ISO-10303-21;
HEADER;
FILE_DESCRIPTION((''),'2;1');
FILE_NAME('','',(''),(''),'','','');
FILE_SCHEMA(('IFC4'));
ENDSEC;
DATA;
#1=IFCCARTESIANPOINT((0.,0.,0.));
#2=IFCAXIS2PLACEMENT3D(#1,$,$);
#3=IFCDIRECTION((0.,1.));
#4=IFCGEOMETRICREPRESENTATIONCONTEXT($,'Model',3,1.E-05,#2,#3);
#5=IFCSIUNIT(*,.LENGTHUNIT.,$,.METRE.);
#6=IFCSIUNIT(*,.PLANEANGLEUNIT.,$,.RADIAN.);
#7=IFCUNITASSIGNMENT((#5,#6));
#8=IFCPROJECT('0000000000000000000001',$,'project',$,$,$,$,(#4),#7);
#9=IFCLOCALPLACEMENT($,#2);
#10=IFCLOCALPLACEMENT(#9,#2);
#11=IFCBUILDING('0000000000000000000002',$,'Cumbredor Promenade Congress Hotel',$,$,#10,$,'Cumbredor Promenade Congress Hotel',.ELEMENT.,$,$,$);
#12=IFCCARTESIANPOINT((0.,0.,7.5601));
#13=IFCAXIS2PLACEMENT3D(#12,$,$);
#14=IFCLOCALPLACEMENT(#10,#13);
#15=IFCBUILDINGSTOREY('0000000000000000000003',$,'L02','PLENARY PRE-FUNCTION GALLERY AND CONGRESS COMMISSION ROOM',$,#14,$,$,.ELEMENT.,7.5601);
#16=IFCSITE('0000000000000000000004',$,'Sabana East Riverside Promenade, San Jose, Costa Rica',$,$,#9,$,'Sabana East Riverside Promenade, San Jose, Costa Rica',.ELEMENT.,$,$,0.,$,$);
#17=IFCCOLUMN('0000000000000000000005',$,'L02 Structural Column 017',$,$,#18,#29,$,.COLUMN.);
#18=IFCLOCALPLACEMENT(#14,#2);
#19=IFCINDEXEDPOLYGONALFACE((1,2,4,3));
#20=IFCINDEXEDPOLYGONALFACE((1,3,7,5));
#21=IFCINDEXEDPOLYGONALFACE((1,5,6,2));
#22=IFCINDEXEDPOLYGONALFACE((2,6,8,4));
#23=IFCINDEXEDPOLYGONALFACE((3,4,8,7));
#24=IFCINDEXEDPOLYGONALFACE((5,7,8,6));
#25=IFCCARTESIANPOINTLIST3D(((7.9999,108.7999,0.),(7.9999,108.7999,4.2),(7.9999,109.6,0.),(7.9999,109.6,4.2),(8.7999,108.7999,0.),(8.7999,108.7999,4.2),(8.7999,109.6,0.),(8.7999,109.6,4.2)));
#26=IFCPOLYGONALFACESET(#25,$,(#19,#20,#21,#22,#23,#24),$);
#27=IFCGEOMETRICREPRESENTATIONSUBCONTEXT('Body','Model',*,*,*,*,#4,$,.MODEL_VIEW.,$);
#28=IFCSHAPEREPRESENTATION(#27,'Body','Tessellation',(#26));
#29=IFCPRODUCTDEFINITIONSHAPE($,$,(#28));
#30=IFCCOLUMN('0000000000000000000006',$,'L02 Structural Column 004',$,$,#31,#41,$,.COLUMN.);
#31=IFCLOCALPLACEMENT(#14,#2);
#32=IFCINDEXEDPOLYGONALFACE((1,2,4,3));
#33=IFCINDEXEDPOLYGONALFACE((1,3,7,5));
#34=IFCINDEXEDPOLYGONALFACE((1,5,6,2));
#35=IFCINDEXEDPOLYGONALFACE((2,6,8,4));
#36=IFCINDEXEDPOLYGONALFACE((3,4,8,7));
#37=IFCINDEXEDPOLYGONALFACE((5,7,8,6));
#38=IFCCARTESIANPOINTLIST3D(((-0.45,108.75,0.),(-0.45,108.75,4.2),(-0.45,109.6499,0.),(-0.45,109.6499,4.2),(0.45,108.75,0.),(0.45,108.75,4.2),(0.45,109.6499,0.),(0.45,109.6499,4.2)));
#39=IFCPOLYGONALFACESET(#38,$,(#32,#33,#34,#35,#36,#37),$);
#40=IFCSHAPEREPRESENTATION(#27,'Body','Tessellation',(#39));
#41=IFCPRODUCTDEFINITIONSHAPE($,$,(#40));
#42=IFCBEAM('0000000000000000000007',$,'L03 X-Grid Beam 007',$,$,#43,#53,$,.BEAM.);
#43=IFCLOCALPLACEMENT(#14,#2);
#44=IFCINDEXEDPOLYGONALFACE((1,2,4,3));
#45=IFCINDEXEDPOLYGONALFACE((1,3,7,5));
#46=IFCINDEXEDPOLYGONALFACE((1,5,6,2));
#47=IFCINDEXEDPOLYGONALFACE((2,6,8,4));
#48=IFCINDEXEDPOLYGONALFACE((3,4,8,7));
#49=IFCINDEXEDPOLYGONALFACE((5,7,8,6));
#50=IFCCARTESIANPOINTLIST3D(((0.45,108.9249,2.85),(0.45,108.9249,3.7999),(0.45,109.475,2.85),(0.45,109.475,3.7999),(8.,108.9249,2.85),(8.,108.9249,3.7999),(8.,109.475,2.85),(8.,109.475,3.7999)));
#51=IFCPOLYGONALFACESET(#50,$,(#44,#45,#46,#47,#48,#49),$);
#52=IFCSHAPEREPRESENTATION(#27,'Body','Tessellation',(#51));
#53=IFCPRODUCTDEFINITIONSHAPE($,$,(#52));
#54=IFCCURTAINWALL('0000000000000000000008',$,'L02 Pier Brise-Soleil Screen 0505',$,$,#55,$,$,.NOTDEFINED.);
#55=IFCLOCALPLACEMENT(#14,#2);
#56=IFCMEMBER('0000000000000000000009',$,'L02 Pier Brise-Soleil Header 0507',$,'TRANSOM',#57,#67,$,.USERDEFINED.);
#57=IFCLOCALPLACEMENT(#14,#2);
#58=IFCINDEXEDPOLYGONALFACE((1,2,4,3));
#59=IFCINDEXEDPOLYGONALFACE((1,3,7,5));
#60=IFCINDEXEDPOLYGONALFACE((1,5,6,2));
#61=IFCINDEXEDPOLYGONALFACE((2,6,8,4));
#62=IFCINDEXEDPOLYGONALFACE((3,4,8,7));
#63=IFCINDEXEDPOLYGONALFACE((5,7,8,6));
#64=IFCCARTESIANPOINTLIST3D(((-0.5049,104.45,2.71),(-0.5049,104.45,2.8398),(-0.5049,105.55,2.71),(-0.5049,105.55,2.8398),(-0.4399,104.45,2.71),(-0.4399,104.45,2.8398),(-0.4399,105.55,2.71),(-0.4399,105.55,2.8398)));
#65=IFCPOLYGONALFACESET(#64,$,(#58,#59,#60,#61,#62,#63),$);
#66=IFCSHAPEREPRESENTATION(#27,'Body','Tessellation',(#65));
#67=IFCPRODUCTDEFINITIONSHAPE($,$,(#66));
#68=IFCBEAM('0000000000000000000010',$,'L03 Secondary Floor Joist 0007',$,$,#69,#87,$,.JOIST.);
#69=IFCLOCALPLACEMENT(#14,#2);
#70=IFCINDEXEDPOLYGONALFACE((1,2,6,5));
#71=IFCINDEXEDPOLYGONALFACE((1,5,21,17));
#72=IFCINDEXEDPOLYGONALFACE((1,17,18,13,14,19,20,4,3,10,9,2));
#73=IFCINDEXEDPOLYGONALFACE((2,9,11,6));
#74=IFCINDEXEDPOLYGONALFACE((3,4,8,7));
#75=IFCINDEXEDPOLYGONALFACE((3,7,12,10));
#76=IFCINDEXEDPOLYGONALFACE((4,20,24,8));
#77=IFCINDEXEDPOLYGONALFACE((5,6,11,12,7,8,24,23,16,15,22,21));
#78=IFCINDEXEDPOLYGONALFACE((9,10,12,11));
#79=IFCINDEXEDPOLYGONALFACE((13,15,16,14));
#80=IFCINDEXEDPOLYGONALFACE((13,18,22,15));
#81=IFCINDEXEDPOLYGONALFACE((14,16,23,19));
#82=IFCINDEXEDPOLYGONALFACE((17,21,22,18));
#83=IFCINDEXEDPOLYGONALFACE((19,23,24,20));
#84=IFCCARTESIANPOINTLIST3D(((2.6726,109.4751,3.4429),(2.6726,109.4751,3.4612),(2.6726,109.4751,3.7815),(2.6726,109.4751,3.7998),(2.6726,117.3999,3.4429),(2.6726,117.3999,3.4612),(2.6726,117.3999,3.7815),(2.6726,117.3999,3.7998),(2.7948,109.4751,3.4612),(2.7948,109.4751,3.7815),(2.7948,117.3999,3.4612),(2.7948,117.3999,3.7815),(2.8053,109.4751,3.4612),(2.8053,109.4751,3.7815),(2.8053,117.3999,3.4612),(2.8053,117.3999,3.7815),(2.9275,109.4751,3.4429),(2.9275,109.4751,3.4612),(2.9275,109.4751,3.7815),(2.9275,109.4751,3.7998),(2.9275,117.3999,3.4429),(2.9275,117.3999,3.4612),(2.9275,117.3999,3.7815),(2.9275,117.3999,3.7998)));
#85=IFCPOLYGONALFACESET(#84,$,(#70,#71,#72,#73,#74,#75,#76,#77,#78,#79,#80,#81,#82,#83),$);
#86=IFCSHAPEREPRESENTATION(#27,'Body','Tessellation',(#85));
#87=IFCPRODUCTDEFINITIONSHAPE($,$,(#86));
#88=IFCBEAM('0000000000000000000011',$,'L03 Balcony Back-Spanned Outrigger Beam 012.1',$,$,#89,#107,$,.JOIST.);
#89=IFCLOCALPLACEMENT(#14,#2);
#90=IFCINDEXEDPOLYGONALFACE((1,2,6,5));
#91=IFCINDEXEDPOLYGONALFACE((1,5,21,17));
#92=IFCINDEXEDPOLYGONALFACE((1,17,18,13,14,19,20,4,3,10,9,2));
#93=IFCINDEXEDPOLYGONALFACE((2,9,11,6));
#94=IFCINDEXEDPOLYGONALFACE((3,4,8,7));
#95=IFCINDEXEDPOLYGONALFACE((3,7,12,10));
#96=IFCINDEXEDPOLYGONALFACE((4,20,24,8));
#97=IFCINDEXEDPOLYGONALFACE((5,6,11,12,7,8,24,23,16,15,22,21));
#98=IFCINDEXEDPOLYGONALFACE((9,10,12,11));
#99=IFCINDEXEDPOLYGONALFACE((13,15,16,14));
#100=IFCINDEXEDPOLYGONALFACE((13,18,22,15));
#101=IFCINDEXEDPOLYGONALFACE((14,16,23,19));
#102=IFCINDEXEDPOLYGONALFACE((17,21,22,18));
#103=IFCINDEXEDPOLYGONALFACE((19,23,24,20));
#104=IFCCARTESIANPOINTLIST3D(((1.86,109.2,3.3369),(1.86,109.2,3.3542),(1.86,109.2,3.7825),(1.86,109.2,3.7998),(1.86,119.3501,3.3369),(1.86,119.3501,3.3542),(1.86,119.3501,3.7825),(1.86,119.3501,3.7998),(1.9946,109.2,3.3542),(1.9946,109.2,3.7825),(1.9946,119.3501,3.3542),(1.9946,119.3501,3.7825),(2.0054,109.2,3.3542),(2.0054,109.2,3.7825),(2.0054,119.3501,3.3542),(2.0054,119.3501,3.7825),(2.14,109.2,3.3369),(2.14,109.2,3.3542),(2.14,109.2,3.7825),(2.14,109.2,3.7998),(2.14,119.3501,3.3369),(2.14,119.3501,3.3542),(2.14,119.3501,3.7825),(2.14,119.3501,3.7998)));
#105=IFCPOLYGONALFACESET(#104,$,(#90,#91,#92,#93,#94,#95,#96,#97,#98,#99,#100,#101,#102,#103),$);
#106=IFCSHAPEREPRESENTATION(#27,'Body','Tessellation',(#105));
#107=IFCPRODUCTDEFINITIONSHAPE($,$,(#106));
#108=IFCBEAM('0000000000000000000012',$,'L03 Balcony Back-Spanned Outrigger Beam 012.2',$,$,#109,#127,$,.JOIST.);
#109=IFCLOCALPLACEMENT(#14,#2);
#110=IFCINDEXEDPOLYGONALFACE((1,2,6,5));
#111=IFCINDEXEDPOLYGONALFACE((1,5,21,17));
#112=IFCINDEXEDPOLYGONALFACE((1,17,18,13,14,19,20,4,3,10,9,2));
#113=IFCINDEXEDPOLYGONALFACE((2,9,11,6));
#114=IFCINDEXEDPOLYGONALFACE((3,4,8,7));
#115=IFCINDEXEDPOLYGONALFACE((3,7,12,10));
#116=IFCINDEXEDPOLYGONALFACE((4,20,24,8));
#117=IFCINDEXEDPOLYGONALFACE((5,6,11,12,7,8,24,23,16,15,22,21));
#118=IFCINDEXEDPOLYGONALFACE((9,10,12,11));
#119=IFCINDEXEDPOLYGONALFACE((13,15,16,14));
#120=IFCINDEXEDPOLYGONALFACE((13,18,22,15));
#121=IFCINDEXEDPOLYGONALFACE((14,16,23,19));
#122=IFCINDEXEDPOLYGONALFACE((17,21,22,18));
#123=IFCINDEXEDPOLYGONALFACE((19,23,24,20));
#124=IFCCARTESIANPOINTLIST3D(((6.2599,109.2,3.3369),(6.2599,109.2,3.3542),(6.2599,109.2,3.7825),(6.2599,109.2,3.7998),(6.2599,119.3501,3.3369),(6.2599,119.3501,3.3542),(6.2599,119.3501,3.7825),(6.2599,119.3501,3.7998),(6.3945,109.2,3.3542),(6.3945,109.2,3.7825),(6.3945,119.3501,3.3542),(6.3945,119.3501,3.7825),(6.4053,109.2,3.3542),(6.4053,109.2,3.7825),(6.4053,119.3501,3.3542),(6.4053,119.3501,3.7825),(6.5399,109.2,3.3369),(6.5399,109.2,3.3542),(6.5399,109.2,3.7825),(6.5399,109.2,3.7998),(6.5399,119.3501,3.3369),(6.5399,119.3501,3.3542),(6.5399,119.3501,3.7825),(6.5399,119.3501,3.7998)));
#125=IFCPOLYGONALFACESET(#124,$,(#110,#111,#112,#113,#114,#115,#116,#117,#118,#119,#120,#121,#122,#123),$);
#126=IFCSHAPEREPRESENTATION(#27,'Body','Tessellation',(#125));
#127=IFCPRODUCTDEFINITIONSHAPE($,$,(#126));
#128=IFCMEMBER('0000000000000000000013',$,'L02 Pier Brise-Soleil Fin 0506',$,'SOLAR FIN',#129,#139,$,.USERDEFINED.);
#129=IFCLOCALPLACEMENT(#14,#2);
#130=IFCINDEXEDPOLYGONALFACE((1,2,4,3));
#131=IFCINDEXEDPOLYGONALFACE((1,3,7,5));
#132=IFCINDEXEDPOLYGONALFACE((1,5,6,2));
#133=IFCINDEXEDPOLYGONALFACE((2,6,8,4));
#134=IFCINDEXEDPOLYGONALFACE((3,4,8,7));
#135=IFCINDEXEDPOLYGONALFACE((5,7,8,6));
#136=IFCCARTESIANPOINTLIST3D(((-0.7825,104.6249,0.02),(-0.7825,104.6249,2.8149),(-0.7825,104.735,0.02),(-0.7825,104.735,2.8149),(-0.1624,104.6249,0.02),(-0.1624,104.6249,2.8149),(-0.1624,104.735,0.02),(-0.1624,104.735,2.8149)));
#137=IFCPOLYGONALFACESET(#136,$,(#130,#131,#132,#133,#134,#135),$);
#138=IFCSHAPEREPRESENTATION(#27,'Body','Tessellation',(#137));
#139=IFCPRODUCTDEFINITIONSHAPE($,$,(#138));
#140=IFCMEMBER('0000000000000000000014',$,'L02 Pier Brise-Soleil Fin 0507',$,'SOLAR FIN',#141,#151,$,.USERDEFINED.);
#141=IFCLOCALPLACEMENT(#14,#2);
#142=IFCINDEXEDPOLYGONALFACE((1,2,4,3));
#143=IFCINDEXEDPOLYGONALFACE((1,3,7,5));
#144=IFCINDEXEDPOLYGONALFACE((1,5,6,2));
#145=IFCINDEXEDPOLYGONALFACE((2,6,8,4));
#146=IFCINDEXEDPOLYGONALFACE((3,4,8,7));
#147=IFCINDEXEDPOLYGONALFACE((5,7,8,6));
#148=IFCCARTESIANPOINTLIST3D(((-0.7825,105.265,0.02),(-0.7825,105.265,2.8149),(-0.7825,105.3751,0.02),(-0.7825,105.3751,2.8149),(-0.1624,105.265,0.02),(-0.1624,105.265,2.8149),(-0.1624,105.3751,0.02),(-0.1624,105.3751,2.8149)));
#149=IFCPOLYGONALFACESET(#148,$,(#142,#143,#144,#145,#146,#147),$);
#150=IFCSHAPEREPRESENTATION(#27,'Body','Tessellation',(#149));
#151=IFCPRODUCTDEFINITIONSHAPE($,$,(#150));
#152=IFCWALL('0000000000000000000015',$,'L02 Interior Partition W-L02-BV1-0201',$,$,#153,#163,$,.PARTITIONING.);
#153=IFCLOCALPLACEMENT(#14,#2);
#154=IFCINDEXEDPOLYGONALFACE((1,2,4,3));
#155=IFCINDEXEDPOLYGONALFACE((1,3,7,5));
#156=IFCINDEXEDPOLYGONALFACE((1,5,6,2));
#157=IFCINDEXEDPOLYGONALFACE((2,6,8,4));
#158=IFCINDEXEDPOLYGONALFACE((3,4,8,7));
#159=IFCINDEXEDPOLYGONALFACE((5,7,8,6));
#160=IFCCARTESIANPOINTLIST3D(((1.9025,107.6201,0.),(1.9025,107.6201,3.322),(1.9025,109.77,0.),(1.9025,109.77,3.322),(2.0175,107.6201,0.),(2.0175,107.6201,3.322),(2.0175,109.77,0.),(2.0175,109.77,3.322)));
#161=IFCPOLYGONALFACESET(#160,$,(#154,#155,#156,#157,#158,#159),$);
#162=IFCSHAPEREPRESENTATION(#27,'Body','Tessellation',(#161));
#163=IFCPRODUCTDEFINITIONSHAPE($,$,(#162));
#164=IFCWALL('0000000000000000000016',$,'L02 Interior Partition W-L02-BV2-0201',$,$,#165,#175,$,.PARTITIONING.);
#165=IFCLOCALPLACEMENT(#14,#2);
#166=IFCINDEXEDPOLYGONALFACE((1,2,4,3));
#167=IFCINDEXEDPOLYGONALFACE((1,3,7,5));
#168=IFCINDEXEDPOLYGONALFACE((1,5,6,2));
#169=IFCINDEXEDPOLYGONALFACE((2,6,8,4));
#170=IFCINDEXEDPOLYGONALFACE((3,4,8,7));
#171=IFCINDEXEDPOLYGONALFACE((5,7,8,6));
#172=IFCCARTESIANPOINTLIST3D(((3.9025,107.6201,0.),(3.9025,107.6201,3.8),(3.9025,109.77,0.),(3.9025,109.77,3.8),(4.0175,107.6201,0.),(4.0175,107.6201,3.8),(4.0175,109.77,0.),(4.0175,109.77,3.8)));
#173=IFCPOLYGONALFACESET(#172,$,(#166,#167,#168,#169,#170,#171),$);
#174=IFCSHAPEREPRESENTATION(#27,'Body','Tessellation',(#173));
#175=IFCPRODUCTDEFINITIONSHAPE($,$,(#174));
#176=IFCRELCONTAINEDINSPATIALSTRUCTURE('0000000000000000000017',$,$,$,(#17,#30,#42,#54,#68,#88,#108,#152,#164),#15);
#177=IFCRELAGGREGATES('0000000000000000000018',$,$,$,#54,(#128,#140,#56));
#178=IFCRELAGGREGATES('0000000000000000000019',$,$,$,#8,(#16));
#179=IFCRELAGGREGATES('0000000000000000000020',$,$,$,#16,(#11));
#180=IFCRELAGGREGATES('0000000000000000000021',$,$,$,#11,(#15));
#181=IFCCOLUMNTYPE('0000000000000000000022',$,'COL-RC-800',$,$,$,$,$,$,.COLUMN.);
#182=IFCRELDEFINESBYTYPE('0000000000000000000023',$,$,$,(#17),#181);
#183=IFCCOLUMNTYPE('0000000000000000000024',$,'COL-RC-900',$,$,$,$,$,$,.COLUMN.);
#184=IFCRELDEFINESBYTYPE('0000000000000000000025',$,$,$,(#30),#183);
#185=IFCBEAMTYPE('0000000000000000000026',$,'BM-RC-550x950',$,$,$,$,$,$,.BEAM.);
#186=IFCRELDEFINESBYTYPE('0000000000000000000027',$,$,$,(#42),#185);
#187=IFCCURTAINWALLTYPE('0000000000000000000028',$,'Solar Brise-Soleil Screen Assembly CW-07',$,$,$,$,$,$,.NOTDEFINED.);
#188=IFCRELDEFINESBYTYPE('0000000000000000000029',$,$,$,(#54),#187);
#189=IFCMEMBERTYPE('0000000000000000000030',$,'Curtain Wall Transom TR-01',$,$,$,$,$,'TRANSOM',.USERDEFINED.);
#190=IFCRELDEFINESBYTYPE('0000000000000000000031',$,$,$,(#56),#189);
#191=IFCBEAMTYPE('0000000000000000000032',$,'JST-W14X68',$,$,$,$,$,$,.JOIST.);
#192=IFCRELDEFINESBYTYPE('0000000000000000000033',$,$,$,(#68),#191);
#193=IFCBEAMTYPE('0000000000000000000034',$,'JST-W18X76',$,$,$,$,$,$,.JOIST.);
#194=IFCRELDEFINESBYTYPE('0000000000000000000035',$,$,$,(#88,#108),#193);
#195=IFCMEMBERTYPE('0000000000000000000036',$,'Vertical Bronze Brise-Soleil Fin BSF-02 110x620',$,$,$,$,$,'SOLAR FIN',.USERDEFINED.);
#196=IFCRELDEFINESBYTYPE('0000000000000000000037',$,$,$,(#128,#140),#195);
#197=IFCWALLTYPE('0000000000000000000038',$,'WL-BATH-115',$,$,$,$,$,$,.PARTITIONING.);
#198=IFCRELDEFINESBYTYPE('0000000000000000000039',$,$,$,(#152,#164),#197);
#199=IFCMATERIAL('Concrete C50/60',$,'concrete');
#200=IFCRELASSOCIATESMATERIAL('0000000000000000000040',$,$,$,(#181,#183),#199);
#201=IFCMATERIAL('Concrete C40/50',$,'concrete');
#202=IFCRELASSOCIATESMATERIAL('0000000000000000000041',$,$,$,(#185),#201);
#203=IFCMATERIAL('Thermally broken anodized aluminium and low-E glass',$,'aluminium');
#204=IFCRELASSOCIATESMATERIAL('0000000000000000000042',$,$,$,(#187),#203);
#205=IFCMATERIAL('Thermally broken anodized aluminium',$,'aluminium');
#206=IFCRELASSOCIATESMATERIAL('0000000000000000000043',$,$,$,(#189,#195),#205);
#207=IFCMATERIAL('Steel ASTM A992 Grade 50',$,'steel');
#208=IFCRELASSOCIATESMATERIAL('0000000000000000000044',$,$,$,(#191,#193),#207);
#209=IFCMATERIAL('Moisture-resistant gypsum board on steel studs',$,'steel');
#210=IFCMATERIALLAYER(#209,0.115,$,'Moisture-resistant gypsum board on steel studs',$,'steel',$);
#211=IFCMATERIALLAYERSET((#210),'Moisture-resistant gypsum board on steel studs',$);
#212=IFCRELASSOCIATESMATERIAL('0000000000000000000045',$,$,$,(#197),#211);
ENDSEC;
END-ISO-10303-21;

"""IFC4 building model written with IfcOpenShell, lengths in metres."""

from ifc_helpers import new_model, si_unit, direction, frame, frame_2d, origin, origin_2d, place, context, subcontext, project, spatial, rectangle, i_section, extrude, material, layer, layer_set, material_profile, profile_set, type_object, element, aggregate, save


model = new_model("IFC4")

# Units and contexts
model_context = context("Model", 3, precision=1e-05, world=origin(), true_north=direction((0.0, 1.0)))
body_context = subcontext(model_context, "Body", "Model", "MODEL_VIEW")
ifc_project = project(units=[si_unit("LENGTHUNIT", "METRE"), si_unit("PLANEANGLEUNIT", "RADIAN")], contexts=[model_context])

# Site, building, storey
site_placement = place(None, origin())
site = spatial("IfcSite", under=ifc_project, at=site_placement, Name="Sabana East Riverside Promenade, San Jose, Costa Rica", LongName="Sabana East Riverside Promenade, San Jose, Costa Rica", CompositionType="ELEMENT", RefElevation=0.0)
building_placement = place(site_placement, origin())
building = spatial("IfcBuilding", under=site, at=building_placement, Name="Cumbredor Promenade Congress Hotel", LongName="Cumbredor Promenade Congress Hotel", CompositionType="ELEMENT")
storey_placement = place(building_placement, frame((0.0, 0.0, 7.5601)))
storey = spatial("IfcBuildingStorey", under=building, at=storey_placement, Name="L02", Description="PLENARY PRE-FUNCTION GALLERY AND CONGRESS COMMISSION ROOM", CompositionType="ELEMENT", Elevation=7.5601)

# Columns
ifc_material_1 = material(Name="Concrete C50/60", Category="concrete")
ifc_material_profile_1 = material_profile(ifc_material_1, rectangle(XDim=0.8, YDim=0.8, at=origin_2d()), Name="RC 800x800")
ifc_profile_set_1 = profile_set([ifc_material_profile_1], Name="Concrete C50/60")
column_type_1 = type_object("IfcColumnType", Name="COL-RC-800", PredefinedType="COLUMN", material=ifc_profile_set_1)
column_1_placement = place(storey_placement, frame((8.3999, 109.2, 0.0), z_axis=(0.0, 0.0, 1.0), x_axis=(1.0, 0.0, 0.0)))
element("IfcColumn", 1, at=column_1_placement, inside=storey, type_object=column_type_1, Name="L02 Structural Column 017", PredefinedType="COLUMN", context=body_context, shape_type="SweptSolid", body=[
    extrude(rectangle(XDim=0.8, YDim=0.8, at=origin_2d()), origin(), (0.0, 0.0, 1.0), 4.2),
])
ifc_material_profile_2 = material_profile(ifc_material_1, rectangle(XDim=0.8999, YDim=0.8999, at=origin_2d()), Name="RC 900x900")
ifc_profile_set_2 = profile_set([ifc_material_profile_2], Name="Concrete C50/60")
column_type_2 = type_object("IfcColumnType", Name="COL-RC-900", PredefinedType="COLUMN", material=ifc_profile_set_2)
column_2_placement = place(storey_placement, frame((0.0, 109.2, 0.0), z_axis=(0.0, 0.0, 1.0), x_axis=(1.0, 0.0, 0.0)))
element("IfcColumn", 2, at=column_2_placement, inside=storey, type_object=column_type_2, Name="L02 Structural Column 004", PredefinedType="COLUMN", context=body_context, shape_type="SweptSolid", body=[
    extrude(rectangle(XDim=0.8999, YDim=0.8999, at=origin_2d()), origin(), (0.0, 0.0, 1.0), 4.2),
])

# Beam
ifc_material_2 = material(Name="Concrete C40/50", Category="concrete")
ifc_material_profile_3 = material_profile(ifc_material_2, rectangle(XDim=0.55, YDim=0.95, at=origin_2d()), Name="RC BEAM 550x950")
ifc_profile_set_3 = profile_set([ifc_material_profile_3], Name="Concrete C40/50")
beam_type_1 = type_object("IfcBeamType", Name="BM-RC-550x950", PredefinedType="BEAM", material=ifc_profile_set_3)
beam_1_placement = place(storey_placement, frame((0.45, 109.2, 3.325), z_axis=(1.0, 0.0, 0.0), x_axis=(0.0, 1.0, 0.0)))
element("IfcBeam", 3, at=beam_1_placement, inside=storey, type_object=beam_type_1, Name="L03 X-Grid Beam 007", PredefinedType="BEAM", context=body_context, shape_type="SweptSolid", body=[
    extrude(rectangle(XDim=0.55, YDim=0.95, at=origin_2d()), origin(), (0.0, 0.0, 1.0), 7.55),
])

# Curtain wall, member
ifc_material_3 = material(Name="Thermally broken anodized aluminium and low-E glass", Category="aluminium")
curtain_wall_type = type_object("IfcCurtainWallType", Name="Solar Brise-Soleil Screen Assembly CW-07", PredefinedType="NOTDEFINED", material=ifc_material_3)
curtain_wall_placement = place(storey_placement, origin())
curtain_wall = element("IfcCurtainWall", 4, at=curtain_wall_placement, inside=storey, type_object=curtain_wall_type, Name="L02 Pier Brise-Soleil Screen 0505", PredefinedType="NOTDEFINED")
ifc_material_4 = material(Name="Thermally broken anodized aluminium", Category="aluminium")
ifc_material_profile_4 = material_profile(ifc_material_4, rectangle(XDim=0.0649, YDim=0.1299, at=origin_2d()), Name="ALU TRANSOM 65x130")
ifc_profile_set_4 = profile_set([ifc_material_profile_4], Name="Thermally broken anodized aluminium")
member_type_1 = type_object("IfcMemberType", Name="Curtain Wall Transom TR-01", ElementType="TRANSOM", PredefinedType="USERDEFINED", material=ifc_profile_set_4)
member_1_placement = place(storey_placement, frame((-0.4724, 104.45, 2.7749), z_axis=(0.0, 1.0, 0.0), x_axis=(-1.0, 0.0, 0.0)))
member_1 = element("IfcMember", 5, at=member_1_placement, type_object=member_type_1, Name="L02 Pier Brise-Soleil Header 0507", ObjectType="TRANSOM", PredefinedType="USERDEFINED", context=body_context, shape_type="SweptSolid", body=[
    extrude(rectangle(XDim=0.0649, YDim=0.1299, at=origin_2d()), origin(), (0.0, 0.0, 1.0), 1.1001),
])

# Beams
ifc_material_5 = material(Name="Steel ASTM A992 Grade 50", Category="steel")
ifc_material_profile_5 = material_profile(ifc_material_5, i_section(OverallWidth=0.2549, OverallDepth=0.3569, WebThickness=0.0105, FlangeThickness=0.0183, at=origin_2d()), Name="W14X68")
ifc_profile_set_5 = profile_set([ifc_material_profile_5], Name="Steel ASTM A992 Grade 50")
beam_type_2 = type_object("IfcBeamType", Name="JST-W14X68", PredefinedType="JOIST", material=ifc_profile_set_5)
beam_2_placement = place(storey_placement, frame((2.8, 109.4751, 3.6213), z_axis=(0.0, 1.0, 0.0), x_axis=(-1.0, 0.0, 0.0)))
element("IfcBeam", 6, at=beam_2_placement, inside=storey, type_object=beam_type_2, Name="L03 Secondary Floor Joist 0007", PredefinedType="JOIST", context=body_context, shape_type="SweptSolid", body=[
    extrude(i_section(OverallWidth=0.2549, OverallDepth=0.3569, WebThickness=0.0105, FlangeThickness=0.0183, at=origin_2d()), origin(), (0.0, 0.0, 1.0), 7.9248),
])
ifc_material_profile_6 = material_profile(ifc_material_5, i_section(OverallWidth=0.28, OverallDepth=0.4629, WebThickness=0.0107, FlangeThickness=0.0173, at=origin_2d()), Name="W18X76")
ifc_profile_set_6 = profile_set([ifc_material_profile_6], Name="Steel ASTM A992 Grade 50")
beam_type_3 = type_object("IfcBeamType", Name="JST-W18X76", PredefinedType="JOIST", material=ifc_profile_set_6)
for number, where, z_axis, x_axis, name in (
    (7, (2.0, 109.2, 3.5684), (0.0, 1.0, 0.0), (-1.0, 0.0, 0.0), "L03 Balcony Back-Spanned Outrigger Beam 012.1"),
    (8, (6.3999, 109.2, 3.5684), (0.0, 1.0, 0.0), (-1.0, 0.0, 0.0), "L03 Balcony Back-Spanned Outrigger Beam 012.2"),
):
    element("IfcBeam", number, at=place(storey_placement, frame(where, z_axis=z_axis, x_axis=x_axis)), inside=storey, type_object=beam_type_3, Name=name, PredefinedType="JOIST", context=body_context, shape_type="SweptSolid", body=[
        extrude(i_section(OverallWidth=0.28, OverallDepth=0.4629, WebThickness=0.0107, FlangeThickness=0.0173, at=origin_2d()), origin(), (0.0, 0.0, 1.0), 10.1501),
    ])

# Members
ifc_material_profile_7 = material_profile(ifc_material_4, rectangle(XDim=0.1101, YDim=0.6201, at=origin_2d()), Name="ARCH FIN 110x620")
ifc_profile_set_7 = profile_set([ifc_material_profile_7], Name="Thermally broken anodized aluminium")
member_type_2 = type_object("IfcMemberType", Name="Vertical Bronze Brise-Soleil Fin BSF-02 110x620", ElementType="SOLAR FIN", PredefinedType="USERDEFINED", material=ifc_profile_set_7)
member_2_placement = place(storey_placement, frame((-0.4724, 104.6799, 0.02), z_axis=(0.0, 0.0, 1.0), x_axis=(0.0, 1.0, 0.0)))
member_2 = element("IfcMember", 9, at=member_2_placement, type_object=member_type_2, Name="L02 Pier Brise-Soleil Fin 0506", ObjectType="SOLAR FIN", PredefinedType="USERDEFINED", context=body_context, shape_type="SweptSolid", body=[
    extrude(rectangle(XDim=0.1101, YDim=0.6201, at=origin_2d()), origin(), (0.0, 0.0, 1.0), 2.7949),
])
member_3_placement = place(storey_placement, frame((-0.4724, 105.3201, 0.02), z_axis=(0.0, 0.0, 1.0), x_axis=(0.0, 1.0, 0.0)))
member_3 = element("IfcMember", 10, at=member_3_placement, type_object=member_type_2, Name="L02 Pier Brise-Soleil Fin 0507", ObjectType="SOLAR FIN", PredefinedType="USERDEFINED", context=body_context, shape_type="SweptSolid", body=[
    extrude(rectangle(XDim=0.1101, YDim=0.6201, at=origin_2d()), origin(), (0.0, 0.0, 1.0), 2.7949),
])
aggregate(curtain_wall, [member_2, member_3, member_1])

# Walls
ifc_material_6 = material(Name="Moisture-resistant gypsum board on steel studs", Category="steel")
ifc_layer_1 = layer(ifc_material_6, 0.115, Name="Moisture-resistant gypsum board on steel studs", Category="steel")
ifc_layer_set_1 = layer_set([ifc_layer_1], Name="Moisture-resistant gypsum board on steel studs")
wall_type_1 = type_object("IfcWallType", Name="WL-BATH-115", PredefinedType="PARTITIONING", material=ifc_layer_set_1)
wall_1_placement = place(storey_placement, frame((1.96, 107.6201, 0.0), z_axis=(0.0, 0.0, 1.0), x_axis=(0.0, 1.0, 0.0)))
element("IfcWall", 11, at=wall_1_placement, inside=storey, type_object=wall_type_1, Name="L02 Interior Partition W-L02-BV1-0201", PredefinedType="PARTITIONING", context=body_context, shape_type="SweptSolid", body=[
    extrude(rectangle(XDim=2.1499, YDim=0.115, at=frame_2d((1.075, 0.0))), origin(), (0.0, 0.0, 1.0), 3.322),
])
for number, where, z_axis, x_axis, name in (
    (12, (3.96, 107.6201, 0.0), (0.0, 0.0, 1.0), (0.0, 1.0, 0.0), "L02 Interior Partition W-L02-BV2-0201"),
):
    element("IfcWall", number, at=place(storey_placement, frame(where, z_axis=z_axis, x_axis=x_axis)), inside=storey, type_object=wall_type_1, Name=name, PredefinedType="PARTITIONING", context=body_context, shape_type="SweptSolid", body=[
        extrude(rectangle(XDim=2.1499, YDim=0.115, at=frame_2d((1.075, 0.0))), origin(), (0.0, 0.0, 1.0), 3.8),
    ])

save(model, "model.ifc")
